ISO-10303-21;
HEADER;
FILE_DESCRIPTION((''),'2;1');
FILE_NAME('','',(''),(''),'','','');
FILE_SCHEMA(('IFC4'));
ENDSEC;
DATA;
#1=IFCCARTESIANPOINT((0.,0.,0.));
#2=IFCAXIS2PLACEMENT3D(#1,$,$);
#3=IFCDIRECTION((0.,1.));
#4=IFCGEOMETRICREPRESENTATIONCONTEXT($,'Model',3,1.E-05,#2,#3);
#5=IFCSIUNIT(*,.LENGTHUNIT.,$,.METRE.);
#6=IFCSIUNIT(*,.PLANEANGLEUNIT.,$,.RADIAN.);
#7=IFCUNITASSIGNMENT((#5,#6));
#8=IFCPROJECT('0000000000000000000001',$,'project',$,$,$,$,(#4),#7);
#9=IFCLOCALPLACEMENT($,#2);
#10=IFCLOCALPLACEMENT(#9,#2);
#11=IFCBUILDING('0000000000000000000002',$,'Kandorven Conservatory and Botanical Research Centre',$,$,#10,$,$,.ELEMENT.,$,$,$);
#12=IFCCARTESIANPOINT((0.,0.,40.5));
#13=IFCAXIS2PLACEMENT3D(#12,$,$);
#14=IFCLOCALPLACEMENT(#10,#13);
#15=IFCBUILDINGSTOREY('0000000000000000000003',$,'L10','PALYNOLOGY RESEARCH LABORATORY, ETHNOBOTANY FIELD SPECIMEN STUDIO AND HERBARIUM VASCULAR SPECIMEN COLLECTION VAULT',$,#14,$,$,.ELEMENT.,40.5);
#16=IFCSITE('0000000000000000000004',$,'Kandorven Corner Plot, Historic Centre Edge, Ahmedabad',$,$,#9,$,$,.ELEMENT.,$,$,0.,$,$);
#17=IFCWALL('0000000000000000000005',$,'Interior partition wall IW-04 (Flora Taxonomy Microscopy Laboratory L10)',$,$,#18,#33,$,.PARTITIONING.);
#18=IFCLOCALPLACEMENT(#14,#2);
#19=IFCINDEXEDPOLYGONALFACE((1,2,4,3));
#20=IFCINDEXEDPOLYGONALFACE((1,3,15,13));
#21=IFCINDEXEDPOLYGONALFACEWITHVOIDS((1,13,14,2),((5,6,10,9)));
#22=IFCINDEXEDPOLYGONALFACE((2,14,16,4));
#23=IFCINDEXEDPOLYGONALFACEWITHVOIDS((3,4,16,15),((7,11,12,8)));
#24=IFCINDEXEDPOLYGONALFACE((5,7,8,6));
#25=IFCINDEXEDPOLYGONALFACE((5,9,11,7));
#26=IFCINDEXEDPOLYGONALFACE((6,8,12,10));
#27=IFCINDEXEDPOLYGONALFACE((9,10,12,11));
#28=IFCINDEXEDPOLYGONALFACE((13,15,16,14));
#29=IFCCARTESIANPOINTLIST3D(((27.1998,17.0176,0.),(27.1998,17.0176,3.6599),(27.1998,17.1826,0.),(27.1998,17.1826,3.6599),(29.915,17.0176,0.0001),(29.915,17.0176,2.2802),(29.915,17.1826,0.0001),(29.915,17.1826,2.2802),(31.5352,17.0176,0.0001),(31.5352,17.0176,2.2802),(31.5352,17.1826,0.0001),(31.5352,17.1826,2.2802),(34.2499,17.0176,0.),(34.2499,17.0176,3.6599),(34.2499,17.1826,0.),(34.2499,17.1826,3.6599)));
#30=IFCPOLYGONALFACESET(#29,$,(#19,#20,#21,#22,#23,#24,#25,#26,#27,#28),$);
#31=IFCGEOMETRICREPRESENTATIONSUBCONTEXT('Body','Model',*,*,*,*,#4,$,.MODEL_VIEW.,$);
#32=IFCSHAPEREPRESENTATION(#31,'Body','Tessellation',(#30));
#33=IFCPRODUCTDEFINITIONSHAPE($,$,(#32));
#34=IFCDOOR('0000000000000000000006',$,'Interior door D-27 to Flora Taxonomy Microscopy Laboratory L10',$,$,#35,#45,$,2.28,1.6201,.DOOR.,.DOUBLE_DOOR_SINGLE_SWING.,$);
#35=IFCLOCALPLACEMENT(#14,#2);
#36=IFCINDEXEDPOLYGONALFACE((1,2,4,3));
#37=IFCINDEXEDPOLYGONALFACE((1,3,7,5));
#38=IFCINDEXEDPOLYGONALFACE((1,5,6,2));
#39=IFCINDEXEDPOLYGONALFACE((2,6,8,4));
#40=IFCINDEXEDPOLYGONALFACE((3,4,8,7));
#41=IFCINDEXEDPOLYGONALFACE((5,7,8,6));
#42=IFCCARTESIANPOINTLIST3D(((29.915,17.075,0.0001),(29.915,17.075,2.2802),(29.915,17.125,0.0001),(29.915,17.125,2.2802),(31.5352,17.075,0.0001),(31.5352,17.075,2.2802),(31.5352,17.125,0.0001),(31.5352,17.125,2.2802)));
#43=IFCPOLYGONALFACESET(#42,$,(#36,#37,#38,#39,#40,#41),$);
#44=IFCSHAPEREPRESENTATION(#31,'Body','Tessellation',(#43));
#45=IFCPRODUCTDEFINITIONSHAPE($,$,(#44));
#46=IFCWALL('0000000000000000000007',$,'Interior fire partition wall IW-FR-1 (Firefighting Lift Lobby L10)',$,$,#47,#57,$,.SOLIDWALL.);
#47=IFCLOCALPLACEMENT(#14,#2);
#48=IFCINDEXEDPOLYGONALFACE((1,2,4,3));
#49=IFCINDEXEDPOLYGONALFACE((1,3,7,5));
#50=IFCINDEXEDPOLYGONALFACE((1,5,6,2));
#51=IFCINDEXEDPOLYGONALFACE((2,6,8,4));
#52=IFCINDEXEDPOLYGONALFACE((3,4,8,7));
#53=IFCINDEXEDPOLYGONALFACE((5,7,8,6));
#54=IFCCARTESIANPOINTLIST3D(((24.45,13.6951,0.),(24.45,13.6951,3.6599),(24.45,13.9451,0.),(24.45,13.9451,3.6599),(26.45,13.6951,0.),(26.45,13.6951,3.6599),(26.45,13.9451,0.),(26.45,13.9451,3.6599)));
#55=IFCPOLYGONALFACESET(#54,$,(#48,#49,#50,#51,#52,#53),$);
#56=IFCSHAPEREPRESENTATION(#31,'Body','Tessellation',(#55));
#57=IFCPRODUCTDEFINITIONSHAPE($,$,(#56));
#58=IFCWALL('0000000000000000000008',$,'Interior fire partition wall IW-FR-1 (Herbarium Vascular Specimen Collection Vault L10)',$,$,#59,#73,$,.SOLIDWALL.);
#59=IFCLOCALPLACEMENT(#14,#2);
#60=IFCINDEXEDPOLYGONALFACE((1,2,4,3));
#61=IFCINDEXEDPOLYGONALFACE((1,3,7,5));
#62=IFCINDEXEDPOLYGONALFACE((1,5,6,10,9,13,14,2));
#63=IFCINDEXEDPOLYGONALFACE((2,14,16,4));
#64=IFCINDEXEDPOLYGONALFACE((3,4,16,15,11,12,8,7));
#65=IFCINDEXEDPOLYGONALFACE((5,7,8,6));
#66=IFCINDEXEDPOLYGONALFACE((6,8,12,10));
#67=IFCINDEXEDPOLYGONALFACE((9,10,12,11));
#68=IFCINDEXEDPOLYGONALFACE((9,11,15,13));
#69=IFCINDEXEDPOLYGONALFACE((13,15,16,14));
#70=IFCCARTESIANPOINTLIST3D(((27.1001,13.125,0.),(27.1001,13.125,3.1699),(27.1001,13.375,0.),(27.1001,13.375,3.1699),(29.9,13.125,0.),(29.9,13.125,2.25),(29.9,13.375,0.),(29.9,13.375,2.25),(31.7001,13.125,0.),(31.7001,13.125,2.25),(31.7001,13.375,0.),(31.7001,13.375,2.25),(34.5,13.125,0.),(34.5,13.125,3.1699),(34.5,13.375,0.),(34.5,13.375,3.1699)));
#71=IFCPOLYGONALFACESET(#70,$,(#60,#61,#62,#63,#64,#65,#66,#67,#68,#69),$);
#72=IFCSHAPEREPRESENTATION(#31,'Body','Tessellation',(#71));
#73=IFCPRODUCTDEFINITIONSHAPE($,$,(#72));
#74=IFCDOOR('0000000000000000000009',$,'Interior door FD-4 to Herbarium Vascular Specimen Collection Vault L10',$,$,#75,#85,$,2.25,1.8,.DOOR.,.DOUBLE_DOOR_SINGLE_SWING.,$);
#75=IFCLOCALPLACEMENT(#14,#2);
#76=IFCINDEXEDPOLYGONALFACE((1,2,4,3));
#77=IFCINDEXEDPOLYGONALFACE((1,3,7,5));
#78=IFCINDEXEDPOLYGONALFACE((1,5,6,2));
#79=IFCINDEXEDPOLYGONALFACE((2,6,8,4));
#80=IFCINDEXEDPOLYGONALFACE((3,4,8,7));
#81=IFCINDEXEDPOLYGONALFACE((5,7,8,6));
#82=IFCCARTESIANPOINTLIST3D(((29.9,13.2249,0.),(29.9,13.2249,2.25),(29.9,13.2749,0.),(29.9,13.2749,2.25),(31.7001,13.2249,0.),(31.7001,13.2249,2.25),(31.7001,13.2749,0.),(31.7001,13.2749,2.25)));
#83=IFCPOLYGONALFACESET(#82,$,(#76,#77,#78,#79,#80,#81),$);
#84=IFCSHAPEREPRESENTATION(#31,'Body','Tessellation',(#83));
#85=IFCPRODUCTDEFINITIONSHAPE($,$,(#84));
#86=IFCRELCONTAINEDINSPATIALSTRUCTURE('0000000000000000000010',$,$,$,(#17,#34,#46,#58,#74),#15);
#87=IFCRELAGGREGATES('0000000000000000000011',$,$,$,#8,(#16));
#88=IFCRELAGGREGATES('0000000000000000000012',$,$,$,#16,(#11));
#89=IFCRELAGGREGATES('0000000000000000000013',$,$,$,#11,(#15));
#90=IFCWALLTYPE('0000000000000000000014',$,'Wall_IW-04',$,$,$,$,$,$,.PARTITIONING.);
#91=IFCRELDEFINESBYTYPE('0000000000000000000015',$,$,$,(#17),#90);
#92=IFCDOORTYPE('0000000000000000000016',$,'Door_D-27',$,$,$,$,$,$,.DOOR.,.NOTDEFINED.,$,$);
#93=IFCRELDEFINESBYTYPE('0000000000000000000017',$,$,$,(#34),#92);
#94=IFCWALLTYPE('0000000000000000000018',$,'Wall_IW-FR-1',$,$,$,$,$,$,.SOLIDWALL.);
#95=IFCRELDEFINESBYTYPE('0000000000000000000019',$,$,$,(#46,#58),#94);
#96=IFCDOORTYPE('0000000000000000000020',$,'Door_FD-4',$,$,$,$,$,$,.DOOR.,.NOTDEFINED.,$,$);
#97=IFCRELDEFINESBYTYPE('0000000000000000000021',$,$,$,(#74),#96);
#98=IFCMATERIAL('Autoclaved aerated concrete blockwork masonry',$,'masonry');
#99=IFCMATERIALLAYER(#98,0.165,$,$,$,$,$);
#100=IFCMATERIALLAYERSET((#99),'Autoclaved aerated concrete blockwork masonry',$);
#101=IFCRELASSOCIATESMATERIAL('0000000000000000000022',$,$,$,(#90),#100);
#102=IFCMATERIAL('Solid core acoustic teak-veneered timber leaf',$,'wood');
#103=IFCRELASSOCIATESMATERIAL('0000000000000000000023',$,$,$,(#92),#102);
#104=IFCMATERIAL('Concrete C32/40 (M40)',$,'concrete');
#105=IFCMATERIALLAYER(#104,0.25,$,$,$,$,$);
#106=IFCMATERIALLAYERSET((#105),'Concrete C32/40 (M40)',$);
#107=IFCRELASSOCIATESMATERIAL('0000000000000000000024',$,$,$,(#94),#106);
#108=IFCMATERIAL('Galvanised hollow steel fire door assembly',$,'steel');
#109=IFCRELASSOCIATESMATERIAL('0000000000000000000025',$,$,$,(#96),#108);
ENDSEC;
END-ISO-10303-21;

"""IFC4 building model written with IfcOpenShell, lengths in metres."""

from ifc_helpers import new_model, si_unit, direction, frame, frame_2d, origin, place, context, subcontext, project, spatial, rectangle, extrude, material, layer, layer_set, type_object, element, fill, save


model = new_model("IFC4")

# Units and contexts
model_context = context("Model", 3, precision=1e-05, world=origin(), true_north=direction((0.0, 1.0)))
body_context = subcontext(model_context, "Body", "Model", "MODEL_VIEW")
ifc_project = project(units=[si_unit("LENGTHUNIT", "METRE"), si_unit("PLANEANGLEUNIT", "RADIAN")], contexts=[model_context])

# Site, building, storey
site_placement = place(None, origin())
site = spatial("IfcSite", under=ifc_project, at=site_placement, Name="Kandorven Corner Plot, Historic Centre Edge, Ahmedabad", CompositionType="ELEMENT", RefElevation=0.0)
building_placement = place(site_placement, origin())
building = spatial("IfcBuilding", under=site, at=building_placement, Name="Kandorven Conservatory and Botanical Research Centre", CompositionType="ELEMENT")
storey_placement = place(building_placement, frame((0.0, 0.0, 40.5)))
storey = spatial("IfcBuildingStorey", under=building, at=storey_placement, Name="L10", Description="PALYNOLOGY RESEARCH LABORATORY, ETHNOBOTANY FIELD SPECIMEN STUDIO AND HERBARIUM VASCULAR SPECIMEN COLLECTION VAULT", CompositionType="ELEMENT", Elevation=40.5)

# Wall, opening, door
ifc_material_1 = material(Name="Autoclaved aerated concrete blockwork masonry", Category="masonry")
ifc_layer_1 = layer(ifc_material_1, 0.165)
ifc_layer_set_1 = layer_set([ifc_layer_1], Name="Autoclaved aerated concrete blockwork masonry")
wall_type_1 = type_object("IfcWallType", Name="Wall_IW-04", PredefinedType="PARTITIONING", material=ifc_layer_set_1)
wall_1_placement = place(storey_placement, frame((27.2, 17.1001, 0.0), z_axis=(0.0, 0.0, 1.0), x_axis=(1.0, 0.0, 0.0)))
wall_1 = element("IfcWall", 1, at=wall_1_placement, inside=storey, type_object=wall_type_1, Name="Interior partition wall IW-04 (Flora Taxonomy Microscopy Laboratory L10)", PredefinedType="PARTITIONING", context=body_context, shape_type="SweptSolid", body=[
    extrude(rectangle(XDim=7.05, YDim=0.165, at=frame_2d((3.5249, 0.0))), origin(), (0.0, 0.0, 1.0), 3.6599),
])
opening_1_placement = place(wall_1_placement, frame((2.7151, 0.0, 0.0)))
opening_1 = element("IfcOpeningElement", 2, at=opening_1_placement, cuts=wall_1, PredefinedType="OPENING", context=body_context, shape_type="SweptSolid", body=[
    extrude(rectangle(XDim=1.6201, YDim=2.28, at=frame_2d((0.8101, 1.1401))), frame((0.0, 0.0925, 0.0), z_axis=(0.0, -1.0, 0.0), x_axis=(1.0, 0.0, 0.0)), (0.0, 0.0, 1.0), 0.1851),
])
ifc_material_2 = material(Name="Solid core acoustic teak-veneered timber leaf", Category="wood")
door_type_1 = type_object("IfcDoorType", Name="Door_D-27", OperationType="NOTDEFINED", PredefinedType="DOOR", material=ifc_material_2)
door_1_placement = place(opening_1_placement, origin())
door_1 = element("IfcDoor", 3, at=door_1_placement, inside=storey, type_object=door_type_1, Name="Interior door D-27 to Flora Taxonomy Microscopy Laboratory L10", OperationType="DOUBLE_DOOR_SINGLE_SWING", OverallHeight=2.28, OverallWidth=1.6201, PredefinedType="DOOR", context=body_context, shape_type="SweptSolid", body=[
    extrude(rectangle(XDim=1.6201, YDim=2.28, at=frame_2d((0.8101, 1.1401))), frame((0.0, 0.0249, 0.0), z_axis=(0.0, -1.0, 0.0), x_axis=(1.0, 0.0, 0.0)), (0.0, 0.0, 1.0), 0.05),
])
fill(opening_1, door_1)

# Wall
ifc_material_3 = material(Name="Concrete C32/40 (M40)", Category="concrete")
ifc_layer_2 = layer(ifc_material_3, 0.25)
ifc_layer_set_2 = layer_set([ifc_layer_2], Name="Concrete C32/40 (M40)")
wall_type_2 = type_object("IfcWallType", Name="Wall_IW-FR-1", PredefinedType="SOLIDWALL", material=ifc_layer_set_2)
wall_2_placement = place(storey_placement, frame((24.45, 13.8201, 0.0), z_axis=(0.0, 0.0, 1.0), x_axis=(1.0, 0.0, 0.0)))
element("IfcWall", 4, at=wall_2_placement, inside=storey, type_object=wall_type_2, Name="Interior fire partition wall IW-FR-1 (Firefighting Lift Lobby L10)", PredefinedType="SOLIDWALL", context=body_context, shape_type="SweptSolid", body=[
    extrude(rectangle(XDim=2.0, YDim=0.25, at=frame_2d((1.0, 0.0))), origin(), (0.0, 0.0, 1.0), 3.6599),
])

# Wall, opening, door
wall_3_placement = place(storey_placement, frame((27.1001, 13.25, 0.0), z_axis=(0.0, 0.0, 1.0), x_axis=(1.0, 0.0, 0.0)))
wall_3 = element("IfcWall", 5, at=wall_3_placement, inside=storey, type_object=wall_type_2, Name="Interior fire partition wall IW-FR-1 (Herbarium Vascular Specimen Collection Vault L10)", PredefinedType="SOLIDWALL", context=body_context, shape_type="SweptSolid", body=[
    extrude(rectangle(XDim=7.3999, YDim=0.25, at=frame_2d((3.7, 0.0))), origin(), (0.0, 0.0, 1.0), 3.1699),
])
opening_2_placement = place(wall_3_placement, frame((2.8, 0.0, 0.0)))
opening_2 = element("IfcOpeningElement", 6, at=opening_2_placement, cuts=wall_3, PredefinedType="OPENING", context=body_context, shape_type="SweptSolid", body=[
    extrude(rectangle(XDim=1.8, YDim=2.25, at=frame_2d((0.8999, 1.125))), frame((0.0, 0.135, 0.0), z_axis=(0.0, -1.0, 0.0), x_axis=(1.0, 0.0, 0.0)), (0.0, 0.0, 1.0), 0.27),
])
ifc_material_4 = material(Name="Galvanised hollow steel fire door assembly", Category="steel")
door_type_2 = type_object("IfcDoorType", Name="Door_FD-4", OperationType="NOTDEFINED", PredefinedType="DOOR", material=ifc_material_4)
door_2_placement = place(opening_2_placement, origin())
door_2 = element("IfcDoor", 7, at=door_2_placement, inside=storey, type_object=door_type_2, Name="Interior door FD-4 to Herbarium Vascular Specimen Collection Vault L10", OperationType="DOUBLE_DOOR_SINGLE_SWING", OverallHeight=2.25, OverallWidth=1.8, PredefinedType="DOOR", context=body_context, shape_type="SweptSolid", body=[
    extrude(rectangle(XDim=1.8, YDim=2.25, at=frame_2d((0.8999, 1.125))), frame((0.0, 0.0249, 0.0), z_axis=(0.0, -1.0, 0.0), x_axis=(1.0, 0.0, 0.0)), (0.0, 0.0, 1.0), 0.05),
])
fill(opening_2, door_2)

save(model, "model.ifc")
